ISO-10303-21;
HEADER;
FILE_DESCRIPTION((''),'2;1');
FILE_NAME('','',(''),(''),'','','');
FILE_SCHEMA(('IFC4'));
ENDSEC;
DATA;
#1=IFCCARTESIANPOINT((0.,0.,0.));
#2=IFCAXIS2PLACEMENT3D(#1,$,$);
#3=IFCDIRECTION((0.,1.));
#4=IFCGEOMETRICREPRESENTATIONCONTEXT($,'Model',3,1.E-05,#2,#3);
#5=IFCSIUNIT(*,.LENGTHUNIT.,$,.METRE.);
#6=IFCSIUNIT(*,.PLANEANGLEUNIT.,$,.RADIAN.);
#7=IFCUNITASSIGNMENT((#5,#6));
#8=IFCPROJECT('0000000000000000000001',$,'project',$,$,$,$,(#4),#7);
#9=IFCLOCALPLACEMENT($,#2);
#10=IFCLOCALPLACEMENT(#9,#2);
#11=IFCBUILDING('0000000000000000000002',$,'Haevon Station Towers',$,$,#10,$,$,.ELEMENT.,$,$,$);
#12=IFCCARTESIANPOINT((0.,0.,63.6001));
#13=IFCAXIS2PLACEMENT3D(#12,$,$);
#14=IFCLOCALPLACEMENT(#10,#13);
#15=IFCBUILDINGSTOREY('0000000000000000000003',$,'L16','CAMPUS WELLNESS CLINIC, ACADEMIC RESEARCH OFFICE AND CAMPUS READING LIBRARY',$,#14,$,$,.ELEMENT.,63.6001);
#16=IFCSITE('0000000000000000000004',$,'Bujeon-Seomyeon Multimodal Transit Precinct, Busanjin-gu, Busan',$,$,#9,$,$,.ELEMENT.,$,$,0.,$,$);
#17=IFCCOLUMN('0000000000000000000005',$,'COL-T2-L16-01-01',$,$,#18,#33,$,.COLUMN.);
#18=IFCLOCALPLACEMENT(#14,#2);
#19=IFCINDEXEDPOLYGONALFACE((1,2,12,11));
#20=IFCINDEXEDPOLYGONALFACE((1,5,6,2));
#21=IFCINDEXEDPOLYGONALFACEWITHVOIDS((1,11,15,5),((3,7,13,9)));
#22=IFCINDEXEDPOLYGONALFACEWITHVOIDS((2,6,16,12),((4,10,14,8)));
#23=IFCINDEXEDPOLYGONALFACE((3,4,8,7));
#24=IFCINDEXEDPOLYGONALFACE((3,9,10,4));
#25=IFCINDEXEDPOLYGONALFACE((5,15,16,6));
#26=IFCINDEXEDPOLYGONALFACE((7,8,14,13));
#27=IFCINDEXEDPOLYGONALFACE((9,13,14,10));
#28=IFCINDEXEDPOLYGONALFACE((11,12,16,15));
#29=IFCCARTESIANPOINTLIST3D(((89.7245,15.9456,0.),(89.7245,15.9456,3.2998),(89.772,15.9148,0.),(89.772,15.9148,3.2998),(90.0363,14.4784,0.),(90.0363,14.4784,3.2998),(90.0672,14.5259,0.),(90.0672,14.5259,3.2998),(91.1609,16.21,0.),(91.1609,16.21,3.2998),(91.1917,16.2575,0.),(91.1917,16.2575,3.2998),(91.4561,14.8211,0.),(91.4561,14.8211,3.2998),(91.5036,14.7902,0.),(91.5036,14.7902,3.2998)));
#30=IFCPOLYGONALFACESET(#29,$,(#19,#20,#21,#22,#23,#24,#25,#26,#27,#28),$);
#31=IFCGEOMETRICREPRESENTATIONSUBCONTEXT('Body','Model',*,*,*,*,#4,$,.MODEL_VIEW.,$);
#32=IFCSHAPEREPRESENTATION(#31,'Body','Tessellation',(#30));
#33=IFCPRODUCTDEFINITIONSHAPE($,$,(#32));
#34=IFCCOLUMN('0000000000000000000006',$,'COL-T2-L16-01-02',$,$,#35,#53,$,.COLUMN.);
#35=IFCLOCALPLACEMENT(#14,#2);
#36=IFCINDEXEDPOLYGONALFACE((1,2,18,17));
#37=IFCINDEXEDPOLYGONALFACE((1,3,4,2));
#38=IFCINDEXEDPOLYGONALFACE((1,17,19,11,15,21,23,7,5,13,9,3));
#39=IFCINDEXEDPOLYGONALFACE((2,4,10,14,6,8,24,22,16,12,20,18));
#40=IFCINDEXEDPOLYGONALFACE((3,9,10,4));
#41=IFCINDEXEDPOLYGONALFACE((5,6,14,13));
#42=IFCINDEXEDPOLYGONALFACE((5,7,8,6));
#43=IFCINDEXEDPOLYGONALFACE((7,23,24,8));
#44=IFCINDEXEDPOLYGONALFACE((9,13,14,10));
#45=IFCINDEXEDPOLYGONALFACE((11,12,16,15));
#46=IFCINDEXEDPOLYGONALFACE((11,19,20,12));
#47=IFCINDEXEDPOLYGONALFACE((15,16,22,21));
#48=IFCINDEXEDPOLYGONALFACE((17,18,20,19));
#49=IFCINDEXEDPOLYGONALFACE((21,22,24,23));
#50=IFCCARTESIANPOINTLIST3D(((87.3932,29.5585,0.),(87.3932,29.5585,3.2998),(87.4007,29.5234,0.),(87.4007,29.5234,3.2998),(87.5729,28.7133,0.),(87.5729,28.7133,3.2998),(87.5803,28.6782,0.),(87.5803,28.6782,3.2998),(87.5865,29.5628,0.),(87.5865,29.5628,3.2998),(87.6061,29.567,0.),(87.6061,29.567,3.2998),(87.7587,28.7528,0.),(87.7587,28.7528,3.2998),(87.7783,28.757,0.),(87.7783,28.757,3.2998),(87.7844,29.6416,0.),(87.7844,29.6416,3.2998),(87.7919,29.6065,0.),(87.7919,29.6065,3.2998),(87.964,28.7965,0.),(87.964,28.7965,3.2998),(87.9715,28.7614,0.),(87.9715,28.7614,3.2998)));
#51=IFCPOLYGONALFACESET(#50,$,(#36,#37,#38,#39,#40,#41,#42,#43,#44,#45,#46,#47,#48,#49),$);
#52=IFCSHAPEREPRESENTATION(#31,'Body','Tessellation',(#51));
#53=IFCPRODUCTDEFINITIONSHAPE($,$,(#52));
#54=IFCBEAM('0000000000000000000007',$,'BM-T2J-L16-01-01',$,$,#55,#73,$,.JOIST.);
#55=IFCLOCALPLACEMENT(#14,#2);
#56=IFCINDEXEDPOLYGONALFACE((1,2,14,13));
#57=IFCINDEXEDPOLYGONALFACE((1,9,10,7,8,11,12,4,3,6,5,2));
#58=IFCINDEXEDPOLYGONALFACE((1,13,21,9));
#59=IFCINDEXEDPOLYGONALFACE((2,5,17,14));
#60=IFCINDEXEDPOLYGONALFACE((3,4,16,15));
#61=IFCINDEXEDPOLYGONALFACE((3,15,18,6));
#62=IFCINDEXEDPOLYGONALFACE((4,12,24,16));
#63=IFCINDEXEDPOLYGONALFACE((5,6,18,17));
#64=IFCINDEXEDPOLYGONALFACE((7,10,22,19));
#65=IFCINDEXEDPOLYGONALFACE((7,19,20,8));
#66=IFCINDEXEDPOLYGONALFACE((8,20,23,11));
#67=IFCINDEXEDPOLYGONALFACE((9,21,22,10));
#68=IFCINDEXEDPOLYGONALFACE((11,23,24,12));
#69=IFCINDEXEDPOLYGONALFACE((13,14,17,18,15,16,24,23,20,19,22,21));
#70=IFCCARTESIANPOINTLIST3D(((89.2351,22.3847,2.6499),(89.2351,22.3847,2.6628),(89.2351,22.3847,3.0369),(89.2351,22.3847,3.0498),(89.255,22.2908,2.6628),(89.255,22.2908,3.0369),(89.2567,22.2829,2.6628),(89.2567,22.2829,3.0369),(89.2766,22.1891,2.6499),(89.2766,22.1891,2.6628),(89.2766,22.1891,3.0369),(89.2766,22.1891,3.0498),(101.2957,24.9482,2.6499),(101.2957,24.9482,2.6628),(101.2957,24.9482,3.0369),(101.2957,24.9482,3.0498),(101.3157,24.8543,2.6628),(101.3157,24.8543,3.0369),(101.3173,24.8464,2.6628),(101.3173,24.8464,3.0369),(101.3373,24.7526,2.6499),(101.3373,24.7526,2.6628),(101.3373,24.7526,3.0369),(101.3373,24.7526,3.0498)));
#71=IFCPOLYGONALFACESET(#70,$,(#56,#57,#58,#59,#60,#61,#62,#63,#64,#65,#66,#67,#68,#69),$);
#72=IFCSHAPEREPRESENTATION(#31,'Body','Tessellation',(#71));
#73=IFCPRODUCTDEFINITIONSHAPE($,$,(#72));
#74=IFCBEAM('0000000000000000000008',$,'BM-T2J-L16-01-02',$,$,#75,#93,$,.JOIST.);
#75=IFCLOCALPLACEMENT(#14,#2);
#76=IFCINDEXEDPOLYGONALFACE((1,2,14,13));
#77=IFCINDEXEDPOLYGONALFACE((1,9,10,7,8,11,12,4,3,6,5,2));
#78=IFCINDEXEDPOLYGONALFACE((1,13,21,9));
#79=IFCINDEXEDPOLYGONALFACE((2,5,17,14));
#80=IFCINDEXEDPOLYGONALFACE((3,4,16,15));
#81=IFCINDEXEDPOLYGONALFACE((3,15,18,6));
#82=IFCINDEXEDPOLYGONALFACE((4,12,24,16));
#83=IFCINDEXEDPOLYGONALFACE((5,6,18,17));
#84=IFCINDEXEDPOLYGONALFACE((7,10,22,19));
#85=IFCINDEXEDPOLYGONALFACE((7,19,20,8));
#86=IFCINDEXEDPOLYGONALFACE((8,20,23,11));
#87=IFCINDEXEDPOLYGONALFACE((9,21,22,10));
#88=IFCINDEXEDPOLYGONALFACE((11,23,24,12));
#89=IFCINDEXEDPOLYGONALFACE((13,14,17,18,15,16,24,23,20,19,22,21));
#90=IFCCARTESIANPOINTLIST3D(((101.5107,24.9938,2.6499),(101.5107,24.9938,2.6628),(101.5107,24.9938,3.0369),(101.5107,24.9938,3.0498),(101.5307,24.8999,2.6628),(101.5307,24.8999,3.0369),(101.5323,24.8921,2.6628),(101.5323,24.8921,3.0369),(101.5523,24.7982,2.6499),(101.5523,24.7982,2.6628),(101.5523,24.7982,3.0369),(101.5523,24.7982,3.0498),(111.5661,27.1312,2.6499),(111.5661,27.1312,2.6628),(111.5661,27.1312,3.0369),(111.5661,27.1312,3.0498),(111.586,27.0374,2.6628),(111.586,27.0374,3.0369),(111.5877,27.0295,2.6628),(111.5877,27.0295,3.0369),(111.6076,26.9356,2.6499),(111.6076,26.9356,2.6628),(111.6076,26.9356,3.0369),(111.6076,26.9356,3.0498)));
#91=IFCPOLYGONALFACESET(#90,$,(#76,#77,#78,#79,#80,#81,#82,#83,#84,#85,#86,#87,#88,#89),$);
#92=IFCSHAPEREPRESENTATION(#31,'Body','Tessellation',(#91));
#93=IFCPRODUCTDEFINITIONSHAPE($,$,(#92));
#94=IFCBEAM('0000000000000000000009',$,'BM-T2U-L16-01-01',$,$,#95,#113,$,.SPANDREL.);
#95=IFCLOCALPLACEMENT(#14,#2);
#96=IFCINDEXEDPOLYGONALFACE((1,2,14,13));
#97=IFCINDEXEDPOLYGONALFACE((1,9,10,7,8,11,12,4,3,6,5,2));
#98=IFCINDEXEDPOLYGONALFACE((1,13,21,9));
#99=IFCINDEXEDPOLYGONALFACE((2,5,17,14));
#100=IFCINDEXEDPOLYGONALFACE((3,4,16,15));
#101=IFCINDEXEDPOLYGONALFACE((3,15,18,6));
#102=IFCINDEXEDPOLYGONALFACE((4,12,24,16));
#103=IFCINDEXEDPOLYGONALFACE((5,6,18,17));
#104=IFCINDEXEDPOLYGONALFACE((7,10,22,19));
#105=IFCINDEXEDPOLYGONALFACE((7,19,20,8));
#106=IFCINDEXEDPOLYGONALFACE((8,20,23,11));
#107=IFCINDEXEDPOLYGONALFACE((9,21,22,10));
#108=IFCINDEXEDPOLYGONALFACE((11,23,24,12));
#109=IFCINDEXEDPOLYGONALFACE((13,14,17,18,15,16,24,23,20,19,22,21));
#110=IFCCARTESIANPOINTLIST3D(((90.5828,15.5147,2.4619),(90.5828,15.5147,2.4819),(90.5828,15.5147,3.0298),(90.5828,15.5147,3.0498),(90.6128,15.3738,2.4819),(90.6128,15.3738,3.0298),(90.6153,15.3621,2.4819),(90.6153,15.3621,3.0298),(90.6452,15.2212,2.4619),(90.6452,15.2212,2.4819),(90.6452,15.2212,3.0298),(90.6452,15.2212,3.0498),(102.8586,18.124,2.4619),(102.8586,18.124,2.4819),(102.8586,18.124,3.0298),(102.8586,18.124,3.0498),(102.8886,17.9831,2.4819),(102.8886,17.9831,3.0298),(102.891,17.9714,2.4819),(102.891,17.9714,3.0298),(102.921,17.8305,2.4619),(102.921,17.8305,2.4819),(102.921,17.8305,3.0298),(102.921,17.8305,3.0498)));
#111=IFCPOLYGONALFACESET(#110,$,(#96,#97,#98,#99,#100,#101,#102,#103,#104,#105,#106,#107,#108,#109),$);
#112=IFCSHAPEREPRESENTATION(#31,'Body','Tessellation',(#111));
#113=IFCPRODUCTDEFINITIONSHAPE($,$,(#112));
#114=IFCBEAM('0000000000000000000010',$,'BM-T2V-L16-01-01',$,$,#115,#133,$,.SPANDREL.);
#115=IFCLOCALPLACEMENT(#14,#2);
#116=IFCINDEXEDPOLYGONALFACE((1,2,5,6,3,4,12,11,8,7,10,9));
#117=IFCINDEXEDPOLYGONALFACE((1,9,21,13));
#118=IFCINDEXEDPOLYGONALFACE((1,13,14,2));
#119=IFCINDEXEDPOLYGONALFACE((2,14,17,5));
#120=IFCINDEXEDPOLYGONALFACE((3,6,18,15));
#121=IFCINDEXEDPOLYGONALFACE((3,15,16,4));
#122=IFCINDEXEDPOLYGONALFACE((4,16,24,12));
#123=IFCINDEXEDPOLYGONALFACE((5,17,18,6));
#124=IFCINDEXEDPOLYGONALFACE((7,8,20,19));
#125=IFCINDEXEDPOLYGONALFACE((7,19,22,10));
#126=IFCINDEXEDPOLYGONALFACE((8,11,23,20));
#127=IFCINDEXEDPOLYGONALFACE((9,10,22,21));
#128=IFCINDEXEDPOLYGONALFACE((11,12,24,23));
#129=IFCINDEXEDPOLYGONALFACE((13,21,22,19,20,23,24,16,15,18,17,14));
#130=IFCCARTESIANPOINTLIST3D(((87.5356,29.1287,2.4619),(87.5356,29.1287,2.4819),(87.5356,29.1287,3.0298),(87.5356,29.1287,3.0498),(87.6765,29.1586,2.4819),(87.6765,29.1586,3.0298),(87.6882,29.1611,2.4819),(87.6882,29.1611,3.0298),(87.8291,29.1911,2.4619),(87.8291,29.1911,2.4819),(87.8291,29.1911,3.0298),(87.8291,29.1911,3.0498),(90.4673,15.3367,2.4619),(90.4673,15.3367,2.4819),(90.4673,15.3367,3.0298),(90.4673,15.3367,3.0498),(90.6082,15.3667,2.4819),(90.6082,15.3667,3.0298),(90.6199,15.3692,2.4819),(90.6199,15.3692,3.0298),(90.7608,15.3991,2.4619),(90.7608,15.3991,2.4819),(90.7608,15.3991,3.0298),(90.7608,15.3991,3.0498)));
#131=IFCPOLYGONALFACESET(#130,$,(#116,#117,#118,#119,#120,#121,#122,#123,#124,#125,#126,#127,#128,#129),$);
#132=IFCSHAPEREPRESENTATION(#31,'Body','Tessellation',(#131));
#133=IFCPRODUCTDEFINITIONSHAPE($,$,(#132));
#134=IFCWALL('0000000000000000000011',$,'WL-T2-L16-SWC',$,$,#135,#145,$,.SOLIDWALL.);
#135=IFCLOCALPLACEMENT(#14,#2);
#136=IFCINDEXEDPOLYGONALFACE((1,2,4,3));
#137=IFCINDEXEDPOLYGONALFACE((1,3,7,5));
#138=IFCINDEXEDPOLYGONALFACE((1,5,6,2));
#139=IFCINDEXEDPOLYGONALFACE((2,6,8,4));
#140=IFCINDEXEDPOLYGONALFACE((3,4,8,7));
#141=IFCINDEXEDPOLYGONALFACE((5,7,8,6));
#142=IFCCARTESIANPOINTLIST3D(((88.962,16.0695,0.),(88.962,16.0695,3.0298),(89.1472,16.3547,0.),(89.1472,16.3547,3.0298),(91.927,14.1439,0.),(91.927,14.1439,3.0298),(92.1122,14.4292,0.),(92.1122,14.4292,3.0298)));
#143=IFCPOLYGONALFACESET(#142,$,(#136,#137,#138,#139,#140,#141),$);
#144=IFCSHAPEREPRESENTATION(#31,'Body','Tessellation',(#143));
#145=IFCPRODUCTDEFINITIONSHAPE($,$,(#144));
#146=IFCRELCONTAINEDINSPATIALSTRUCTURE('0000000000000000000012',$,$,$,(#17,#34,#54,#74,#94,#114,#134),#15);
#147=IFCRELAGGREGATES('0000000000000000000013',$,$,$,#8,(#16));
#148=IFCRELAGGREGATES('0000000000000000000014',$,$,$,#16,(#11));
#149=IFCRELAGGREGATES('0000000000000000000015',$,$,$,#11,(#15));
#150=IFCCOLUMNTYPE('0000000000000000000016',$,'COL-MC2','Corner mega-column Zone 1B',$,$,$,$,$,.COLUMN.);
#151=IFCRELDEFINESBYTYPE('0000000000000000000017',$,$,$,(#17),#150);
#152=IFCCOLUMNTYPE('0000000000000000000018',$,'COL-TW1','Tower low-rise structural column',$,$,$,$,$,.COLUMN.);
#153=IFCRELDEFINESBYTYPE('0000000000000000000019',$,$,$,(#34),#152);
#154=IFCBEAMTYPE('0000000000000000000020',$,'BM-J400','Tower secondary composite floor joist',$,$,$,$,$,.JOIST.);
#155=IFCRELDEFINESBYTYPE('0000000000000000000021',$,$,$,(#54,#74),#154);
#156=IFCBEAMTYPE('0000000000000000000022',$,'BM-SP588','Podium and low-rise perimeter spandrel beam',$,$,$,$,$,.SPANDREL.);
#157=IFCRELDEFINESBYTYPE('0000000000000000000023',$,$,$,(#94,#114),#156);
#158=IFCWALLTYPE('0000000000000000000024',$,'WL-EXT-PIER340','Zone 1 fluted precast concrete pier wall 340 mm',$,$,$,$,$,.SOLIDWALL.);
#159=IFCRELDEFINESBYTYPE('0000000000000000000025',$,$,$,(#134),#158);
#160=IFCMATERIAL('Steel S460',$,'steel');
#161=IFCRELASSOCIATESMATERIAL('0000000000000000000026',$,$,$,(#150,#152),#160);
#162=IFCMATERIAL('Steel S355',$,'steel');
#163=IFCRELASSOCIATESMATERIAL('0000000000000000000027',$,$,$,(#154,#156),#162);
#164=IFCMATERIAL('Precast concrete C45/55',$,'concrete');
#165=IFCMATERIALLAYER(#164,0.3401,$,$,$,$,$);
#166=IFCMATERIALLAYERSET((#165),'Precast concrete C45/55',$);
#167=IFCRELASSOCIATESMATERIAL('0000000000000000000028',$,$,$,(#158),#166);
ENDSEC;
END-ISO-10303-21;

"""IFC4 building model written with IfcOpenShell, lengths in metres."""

from ifc_helpers import new_model, si_unit, direction, frame, frame_2d, origin, origin_2d, place, context, subcontext, project, spatial, rectangle, hollow_rectangle, i_section, extrude, material, layer, layer_set, material_profile, profile_set, type_object, element, save


model = new_model("IFC4")

# Units and contexts
model_context = context("Model", 3, precision=1e-05, world=origin(), true_north=direction((0.0, 1.0)))
body_context = subcontext(model_context, "Body", "Model", "MODEL_VIEW")
ifc_project = project(units=[si_unit("LENGTHUNIT", "METRE"), si_unit("PLANEANGLEUNIT", "RADIAN")], contexts=[model_context])

# Site, building, storey
site_placement = place(None, origin())
site = spatial("IfcSite", under=ifc_project, at=site_placement, Name="Bujeon-Seomyeon Multimodal Transit Precinct, Busanjin-gu, Busan", CompositionType="ELEMENT", RefElevation=0.0)
building_placement = place(site_placement, origin())
building = spatial("IfcBuilding", under=site, at=building_placement, Name="Haevon Station Towers", CompositionType="ELEMENT")
storey_placement = place(building_placement, frame((0.0, 0.0, 63.6001)))
storey = spatial("IfcBuildingStorey", under=building, at=storey_placement, Name="L16", Description="CAMPUS WELLNESS CLINIC, ACADEMIC RESEARCH OFFICE AND CAMPUS READING LIBRARY", CompositionType="ELEMENT", Elevation=63.6001)

# Columns
ifc_material_1 = material(Name="Steel S460", Category="steel")
ifc_material_profile_1 = material_profile(ifc_material_1, hollow_rectangle(XDim=1.5, YDim=1.5, WallThickness=0.04, at=origin_2d()), Name="BOX-1500x1500x40")
ifc_profile_set_1 = profile_set([ifc_material_profile_1], Name="Steel S460")
column_type_1 = type_object("IfcColumnType", Name="COL-MC2", Description="Corner mega-column Zone 1B", PredefinedType="COLUMN", material=ifc_profile_set_1)
column_1_placement = place(storey_placement, frame((90.614, 15.3679, 0.0), z_axis=(0.0, 0.0, 1.0), x_axis=(0.978148, 0.207912, 0.0)))
element("IfcColumn", 1, at=column_1_placement, inside=storey, type_object=column_type_1, Name="COL-T2-L16-01-01", PredefinedType="COLUMN", context=body_context, shape_type="SweptSolid", body=[
    extrude(hollow_rectangle(XDim=1.5, YDim=1.5, WallThickness=0.04, at=origin_2d()), origin(), (0.0, 0.0, 1.0), 3.2998),
])
ifc_material_profile_2 = material_profile(ifc_material_1, i_section(OverallWidth=0.3999, OverallDepth=0.8999, WebThickness=0.02, FlangeThickness=0.0359, at=origin_2d()), Name="H-900x400x20x36")
ifc_profile_set_2 = profile_set([ifc_material_profile_2], Name="Steel S460")
column_type_2 = type_object("IfcColumnType", Name="COL-TW1", Description="Tower low-rise structural column", PredefinedType="COLUMN", material=ifc_profile_set_2)
column_2_placement = place(storey_placement, frame((87.6824, 29.1599, 0.0), z_axis=(0.0, 0.0, 1.0), x_axis=(0.978148, 0.207912, 0.0)))
element("IfcColumn", 2, at=column_2_placement, inside=storey, type_object=column_type_2, Name="COL-T2-L16-01-02", PredefinedType="COLUMN", context=body_context, shape_type="SweptSolid", body=[
    extrude(i_section(OverallWidth=0.3999, OverallDepth=0.8999, WebThickness=0.02, FlangeThickness=0.0359, at=origin_2d()), origin(), (0.0, 0.0, 1.0), 3.2998),
])

# Beams
ifc_material_2 = material(Name="Steel S355", Category="steel")
ifc_material_profile_3 = material_profile(ifc_material_2, i_section(OverallWidth=0.2, OverallDepth=0.3999, WebThickness=0.0081, FlangeThickness=0.0129, at=origin_2d()), Name="H-400x200x8x13")
ifc_profile_set_3 = profile_set([ifc_material_profile_3], Name="Steel S355")
beam_type_1 = type_object("IfcBeamType", Name="BM-J400", Description="Tower secondary composite floor joist", PredefinedType="JOIST", material=ifc_profile_set_3)
beam_1_placement = place(storey_placement, frame((89.2559, 22.2869, 2.8499), z_axis=(0.978149, 0.207906, 0.0), x_axis=(-0.207906, 0.978149, 0.0)))
element("IfcBeam", 3, at=beam_1_placement, inside=storey, type_object=beam_type_1, Name="BM-T2J-L16-01-01", PredefinedType="JOIST", context=body_context, shape_type="SweptSolid", body=[
    extrude(i_section(OverallWidth=0.2, OverallDepth=0.3999, WebThickness=0.0081, FlangeThickness=0.0129, at=origin_2d()), origin(), (0.0, 0.0, 1.0), 12.3301),
])
beam_2_placement = place(storey_placement, frame((101.5315, 24.896, 2.8499), z_axis=(0.978146, 0.207922, 0.0), x_axis=(-0.207922, 0.978146, 0.0)))
element("IfcBeam", 4, at=beam_2_placement, inside=storey, type_object=beam_type_1, Name="BM-T2J-L16-01-02", PredefinedType="JOIST", context=body_context, shape_type="SweptSolid", body=[
    extrude(i_section(OverallWidth=0.2, OverallDepth=0.3999, WebThickness=0.0081, FlangeThickness=0.0129, at=origin_2d()), origin(), (0.0, 0.0, 1.0), 10.28),
])
ifc_material_profile_4 = material_profile(ifc_material_2, i_section(OverallWidth=0.3, OverallDepth=0.5879, WebThickness=0.012, FlangeThickness=0.02, at=origin_2d()), Name="H-588x300x12x20")
ifc_profile_set_4 = profile_set([ifc_material_profile_4], Name="Steel S355")
beam_type_2 = type_object("IfcBeamType", Name="BM-SP588", Description="Podium and low-rise perimeter spandrel beam", PredefinedType="SPANDREL", material=ifc_profile_set_4)
beam_3_placement = place(storey_placement, frame((90.614, 15.3679, 2.7559), z_axis=(0.978147, 0.207916, 0.0), x_axis=(-0.207916, 0.978147, 0.0)))
element("IfcBeam", 5, at=beam_3_placement, inside=storey, type_object=beam_type_2, Name="BM-T2U-L16-01-01", PredefinedType="SPANDREL", context=body_context, shape_type="SweptSolid", body=[
    extrude(i_section(OverallWidth=0.3, OverallDepth=0.5879, WebThickness=0.012, FlangeThickness=0.02, at=origin_2d()), origin(), (0.0, 0.0, 1.0), 12.55),
])
beam_4_placement = place(storey_placement, frame((90.614, 15.3679, 2.7559), z_axis=(-0.207916, 0.978147, 0.0), x_axis=(-0.978147, -0.207916, 0.0)))
element("IfcBeam", 6, at=beam_4_placement, inside=storey, type_object=beam_type_2, Name="BM-T2V-L16-01-01", PredefinedType="SPANDREL", context=body_context, shape_type="SweptSolid", body=[
    extrude(i_section(OverallWidth=0.3, OverallDepth=0.5879, WebThickness=0.012, FlangeThickness=0.02, at=origin_2d()), origin(), (0.0, 0.0, 1.0), 14.1001),
])

# Wall
ifc_material_3 = material(Name="Precast concrete C45/55", Category="concrete")
ifc_layer_1 = layer(ifc_material_3, 0.3401)
ifc_layer_set_1 = layer_set([ifc_layer_1], Name="Precast concrete C45/55")
wall_type_1 = type_object("IfcWallType", Name="WL-EXT-PIER340", Description="Zone 1 fluted precast concrete pier wall 340 mm", PredefinedType="SOLIDWALL", material=ifc_layer_set_1)
wall_1_placement = place(storey_placement, frame((92.0195, 14.2866, 0.0), z_axis=(0.0, 0.0, 1.0), x_axis=(-0.838672, 0.544636, 0.0)))
element("IfcWall", 7, at=wall_1_placement, inside=storey, type_object=wall_type_1, Name="WL-T2-L16-SWC", PredefinedType="SOLIDWALL", context=body_context, shape_type="SweptSolid", body=[
    extrude(rectangle(XDim=3.5354, YDim=0.3401, at=frame_2d((1.7676, 0.0))), origin(), (0.0, 0.0, 1.0), 3.0298),
])

save(model, "model.ifc")
